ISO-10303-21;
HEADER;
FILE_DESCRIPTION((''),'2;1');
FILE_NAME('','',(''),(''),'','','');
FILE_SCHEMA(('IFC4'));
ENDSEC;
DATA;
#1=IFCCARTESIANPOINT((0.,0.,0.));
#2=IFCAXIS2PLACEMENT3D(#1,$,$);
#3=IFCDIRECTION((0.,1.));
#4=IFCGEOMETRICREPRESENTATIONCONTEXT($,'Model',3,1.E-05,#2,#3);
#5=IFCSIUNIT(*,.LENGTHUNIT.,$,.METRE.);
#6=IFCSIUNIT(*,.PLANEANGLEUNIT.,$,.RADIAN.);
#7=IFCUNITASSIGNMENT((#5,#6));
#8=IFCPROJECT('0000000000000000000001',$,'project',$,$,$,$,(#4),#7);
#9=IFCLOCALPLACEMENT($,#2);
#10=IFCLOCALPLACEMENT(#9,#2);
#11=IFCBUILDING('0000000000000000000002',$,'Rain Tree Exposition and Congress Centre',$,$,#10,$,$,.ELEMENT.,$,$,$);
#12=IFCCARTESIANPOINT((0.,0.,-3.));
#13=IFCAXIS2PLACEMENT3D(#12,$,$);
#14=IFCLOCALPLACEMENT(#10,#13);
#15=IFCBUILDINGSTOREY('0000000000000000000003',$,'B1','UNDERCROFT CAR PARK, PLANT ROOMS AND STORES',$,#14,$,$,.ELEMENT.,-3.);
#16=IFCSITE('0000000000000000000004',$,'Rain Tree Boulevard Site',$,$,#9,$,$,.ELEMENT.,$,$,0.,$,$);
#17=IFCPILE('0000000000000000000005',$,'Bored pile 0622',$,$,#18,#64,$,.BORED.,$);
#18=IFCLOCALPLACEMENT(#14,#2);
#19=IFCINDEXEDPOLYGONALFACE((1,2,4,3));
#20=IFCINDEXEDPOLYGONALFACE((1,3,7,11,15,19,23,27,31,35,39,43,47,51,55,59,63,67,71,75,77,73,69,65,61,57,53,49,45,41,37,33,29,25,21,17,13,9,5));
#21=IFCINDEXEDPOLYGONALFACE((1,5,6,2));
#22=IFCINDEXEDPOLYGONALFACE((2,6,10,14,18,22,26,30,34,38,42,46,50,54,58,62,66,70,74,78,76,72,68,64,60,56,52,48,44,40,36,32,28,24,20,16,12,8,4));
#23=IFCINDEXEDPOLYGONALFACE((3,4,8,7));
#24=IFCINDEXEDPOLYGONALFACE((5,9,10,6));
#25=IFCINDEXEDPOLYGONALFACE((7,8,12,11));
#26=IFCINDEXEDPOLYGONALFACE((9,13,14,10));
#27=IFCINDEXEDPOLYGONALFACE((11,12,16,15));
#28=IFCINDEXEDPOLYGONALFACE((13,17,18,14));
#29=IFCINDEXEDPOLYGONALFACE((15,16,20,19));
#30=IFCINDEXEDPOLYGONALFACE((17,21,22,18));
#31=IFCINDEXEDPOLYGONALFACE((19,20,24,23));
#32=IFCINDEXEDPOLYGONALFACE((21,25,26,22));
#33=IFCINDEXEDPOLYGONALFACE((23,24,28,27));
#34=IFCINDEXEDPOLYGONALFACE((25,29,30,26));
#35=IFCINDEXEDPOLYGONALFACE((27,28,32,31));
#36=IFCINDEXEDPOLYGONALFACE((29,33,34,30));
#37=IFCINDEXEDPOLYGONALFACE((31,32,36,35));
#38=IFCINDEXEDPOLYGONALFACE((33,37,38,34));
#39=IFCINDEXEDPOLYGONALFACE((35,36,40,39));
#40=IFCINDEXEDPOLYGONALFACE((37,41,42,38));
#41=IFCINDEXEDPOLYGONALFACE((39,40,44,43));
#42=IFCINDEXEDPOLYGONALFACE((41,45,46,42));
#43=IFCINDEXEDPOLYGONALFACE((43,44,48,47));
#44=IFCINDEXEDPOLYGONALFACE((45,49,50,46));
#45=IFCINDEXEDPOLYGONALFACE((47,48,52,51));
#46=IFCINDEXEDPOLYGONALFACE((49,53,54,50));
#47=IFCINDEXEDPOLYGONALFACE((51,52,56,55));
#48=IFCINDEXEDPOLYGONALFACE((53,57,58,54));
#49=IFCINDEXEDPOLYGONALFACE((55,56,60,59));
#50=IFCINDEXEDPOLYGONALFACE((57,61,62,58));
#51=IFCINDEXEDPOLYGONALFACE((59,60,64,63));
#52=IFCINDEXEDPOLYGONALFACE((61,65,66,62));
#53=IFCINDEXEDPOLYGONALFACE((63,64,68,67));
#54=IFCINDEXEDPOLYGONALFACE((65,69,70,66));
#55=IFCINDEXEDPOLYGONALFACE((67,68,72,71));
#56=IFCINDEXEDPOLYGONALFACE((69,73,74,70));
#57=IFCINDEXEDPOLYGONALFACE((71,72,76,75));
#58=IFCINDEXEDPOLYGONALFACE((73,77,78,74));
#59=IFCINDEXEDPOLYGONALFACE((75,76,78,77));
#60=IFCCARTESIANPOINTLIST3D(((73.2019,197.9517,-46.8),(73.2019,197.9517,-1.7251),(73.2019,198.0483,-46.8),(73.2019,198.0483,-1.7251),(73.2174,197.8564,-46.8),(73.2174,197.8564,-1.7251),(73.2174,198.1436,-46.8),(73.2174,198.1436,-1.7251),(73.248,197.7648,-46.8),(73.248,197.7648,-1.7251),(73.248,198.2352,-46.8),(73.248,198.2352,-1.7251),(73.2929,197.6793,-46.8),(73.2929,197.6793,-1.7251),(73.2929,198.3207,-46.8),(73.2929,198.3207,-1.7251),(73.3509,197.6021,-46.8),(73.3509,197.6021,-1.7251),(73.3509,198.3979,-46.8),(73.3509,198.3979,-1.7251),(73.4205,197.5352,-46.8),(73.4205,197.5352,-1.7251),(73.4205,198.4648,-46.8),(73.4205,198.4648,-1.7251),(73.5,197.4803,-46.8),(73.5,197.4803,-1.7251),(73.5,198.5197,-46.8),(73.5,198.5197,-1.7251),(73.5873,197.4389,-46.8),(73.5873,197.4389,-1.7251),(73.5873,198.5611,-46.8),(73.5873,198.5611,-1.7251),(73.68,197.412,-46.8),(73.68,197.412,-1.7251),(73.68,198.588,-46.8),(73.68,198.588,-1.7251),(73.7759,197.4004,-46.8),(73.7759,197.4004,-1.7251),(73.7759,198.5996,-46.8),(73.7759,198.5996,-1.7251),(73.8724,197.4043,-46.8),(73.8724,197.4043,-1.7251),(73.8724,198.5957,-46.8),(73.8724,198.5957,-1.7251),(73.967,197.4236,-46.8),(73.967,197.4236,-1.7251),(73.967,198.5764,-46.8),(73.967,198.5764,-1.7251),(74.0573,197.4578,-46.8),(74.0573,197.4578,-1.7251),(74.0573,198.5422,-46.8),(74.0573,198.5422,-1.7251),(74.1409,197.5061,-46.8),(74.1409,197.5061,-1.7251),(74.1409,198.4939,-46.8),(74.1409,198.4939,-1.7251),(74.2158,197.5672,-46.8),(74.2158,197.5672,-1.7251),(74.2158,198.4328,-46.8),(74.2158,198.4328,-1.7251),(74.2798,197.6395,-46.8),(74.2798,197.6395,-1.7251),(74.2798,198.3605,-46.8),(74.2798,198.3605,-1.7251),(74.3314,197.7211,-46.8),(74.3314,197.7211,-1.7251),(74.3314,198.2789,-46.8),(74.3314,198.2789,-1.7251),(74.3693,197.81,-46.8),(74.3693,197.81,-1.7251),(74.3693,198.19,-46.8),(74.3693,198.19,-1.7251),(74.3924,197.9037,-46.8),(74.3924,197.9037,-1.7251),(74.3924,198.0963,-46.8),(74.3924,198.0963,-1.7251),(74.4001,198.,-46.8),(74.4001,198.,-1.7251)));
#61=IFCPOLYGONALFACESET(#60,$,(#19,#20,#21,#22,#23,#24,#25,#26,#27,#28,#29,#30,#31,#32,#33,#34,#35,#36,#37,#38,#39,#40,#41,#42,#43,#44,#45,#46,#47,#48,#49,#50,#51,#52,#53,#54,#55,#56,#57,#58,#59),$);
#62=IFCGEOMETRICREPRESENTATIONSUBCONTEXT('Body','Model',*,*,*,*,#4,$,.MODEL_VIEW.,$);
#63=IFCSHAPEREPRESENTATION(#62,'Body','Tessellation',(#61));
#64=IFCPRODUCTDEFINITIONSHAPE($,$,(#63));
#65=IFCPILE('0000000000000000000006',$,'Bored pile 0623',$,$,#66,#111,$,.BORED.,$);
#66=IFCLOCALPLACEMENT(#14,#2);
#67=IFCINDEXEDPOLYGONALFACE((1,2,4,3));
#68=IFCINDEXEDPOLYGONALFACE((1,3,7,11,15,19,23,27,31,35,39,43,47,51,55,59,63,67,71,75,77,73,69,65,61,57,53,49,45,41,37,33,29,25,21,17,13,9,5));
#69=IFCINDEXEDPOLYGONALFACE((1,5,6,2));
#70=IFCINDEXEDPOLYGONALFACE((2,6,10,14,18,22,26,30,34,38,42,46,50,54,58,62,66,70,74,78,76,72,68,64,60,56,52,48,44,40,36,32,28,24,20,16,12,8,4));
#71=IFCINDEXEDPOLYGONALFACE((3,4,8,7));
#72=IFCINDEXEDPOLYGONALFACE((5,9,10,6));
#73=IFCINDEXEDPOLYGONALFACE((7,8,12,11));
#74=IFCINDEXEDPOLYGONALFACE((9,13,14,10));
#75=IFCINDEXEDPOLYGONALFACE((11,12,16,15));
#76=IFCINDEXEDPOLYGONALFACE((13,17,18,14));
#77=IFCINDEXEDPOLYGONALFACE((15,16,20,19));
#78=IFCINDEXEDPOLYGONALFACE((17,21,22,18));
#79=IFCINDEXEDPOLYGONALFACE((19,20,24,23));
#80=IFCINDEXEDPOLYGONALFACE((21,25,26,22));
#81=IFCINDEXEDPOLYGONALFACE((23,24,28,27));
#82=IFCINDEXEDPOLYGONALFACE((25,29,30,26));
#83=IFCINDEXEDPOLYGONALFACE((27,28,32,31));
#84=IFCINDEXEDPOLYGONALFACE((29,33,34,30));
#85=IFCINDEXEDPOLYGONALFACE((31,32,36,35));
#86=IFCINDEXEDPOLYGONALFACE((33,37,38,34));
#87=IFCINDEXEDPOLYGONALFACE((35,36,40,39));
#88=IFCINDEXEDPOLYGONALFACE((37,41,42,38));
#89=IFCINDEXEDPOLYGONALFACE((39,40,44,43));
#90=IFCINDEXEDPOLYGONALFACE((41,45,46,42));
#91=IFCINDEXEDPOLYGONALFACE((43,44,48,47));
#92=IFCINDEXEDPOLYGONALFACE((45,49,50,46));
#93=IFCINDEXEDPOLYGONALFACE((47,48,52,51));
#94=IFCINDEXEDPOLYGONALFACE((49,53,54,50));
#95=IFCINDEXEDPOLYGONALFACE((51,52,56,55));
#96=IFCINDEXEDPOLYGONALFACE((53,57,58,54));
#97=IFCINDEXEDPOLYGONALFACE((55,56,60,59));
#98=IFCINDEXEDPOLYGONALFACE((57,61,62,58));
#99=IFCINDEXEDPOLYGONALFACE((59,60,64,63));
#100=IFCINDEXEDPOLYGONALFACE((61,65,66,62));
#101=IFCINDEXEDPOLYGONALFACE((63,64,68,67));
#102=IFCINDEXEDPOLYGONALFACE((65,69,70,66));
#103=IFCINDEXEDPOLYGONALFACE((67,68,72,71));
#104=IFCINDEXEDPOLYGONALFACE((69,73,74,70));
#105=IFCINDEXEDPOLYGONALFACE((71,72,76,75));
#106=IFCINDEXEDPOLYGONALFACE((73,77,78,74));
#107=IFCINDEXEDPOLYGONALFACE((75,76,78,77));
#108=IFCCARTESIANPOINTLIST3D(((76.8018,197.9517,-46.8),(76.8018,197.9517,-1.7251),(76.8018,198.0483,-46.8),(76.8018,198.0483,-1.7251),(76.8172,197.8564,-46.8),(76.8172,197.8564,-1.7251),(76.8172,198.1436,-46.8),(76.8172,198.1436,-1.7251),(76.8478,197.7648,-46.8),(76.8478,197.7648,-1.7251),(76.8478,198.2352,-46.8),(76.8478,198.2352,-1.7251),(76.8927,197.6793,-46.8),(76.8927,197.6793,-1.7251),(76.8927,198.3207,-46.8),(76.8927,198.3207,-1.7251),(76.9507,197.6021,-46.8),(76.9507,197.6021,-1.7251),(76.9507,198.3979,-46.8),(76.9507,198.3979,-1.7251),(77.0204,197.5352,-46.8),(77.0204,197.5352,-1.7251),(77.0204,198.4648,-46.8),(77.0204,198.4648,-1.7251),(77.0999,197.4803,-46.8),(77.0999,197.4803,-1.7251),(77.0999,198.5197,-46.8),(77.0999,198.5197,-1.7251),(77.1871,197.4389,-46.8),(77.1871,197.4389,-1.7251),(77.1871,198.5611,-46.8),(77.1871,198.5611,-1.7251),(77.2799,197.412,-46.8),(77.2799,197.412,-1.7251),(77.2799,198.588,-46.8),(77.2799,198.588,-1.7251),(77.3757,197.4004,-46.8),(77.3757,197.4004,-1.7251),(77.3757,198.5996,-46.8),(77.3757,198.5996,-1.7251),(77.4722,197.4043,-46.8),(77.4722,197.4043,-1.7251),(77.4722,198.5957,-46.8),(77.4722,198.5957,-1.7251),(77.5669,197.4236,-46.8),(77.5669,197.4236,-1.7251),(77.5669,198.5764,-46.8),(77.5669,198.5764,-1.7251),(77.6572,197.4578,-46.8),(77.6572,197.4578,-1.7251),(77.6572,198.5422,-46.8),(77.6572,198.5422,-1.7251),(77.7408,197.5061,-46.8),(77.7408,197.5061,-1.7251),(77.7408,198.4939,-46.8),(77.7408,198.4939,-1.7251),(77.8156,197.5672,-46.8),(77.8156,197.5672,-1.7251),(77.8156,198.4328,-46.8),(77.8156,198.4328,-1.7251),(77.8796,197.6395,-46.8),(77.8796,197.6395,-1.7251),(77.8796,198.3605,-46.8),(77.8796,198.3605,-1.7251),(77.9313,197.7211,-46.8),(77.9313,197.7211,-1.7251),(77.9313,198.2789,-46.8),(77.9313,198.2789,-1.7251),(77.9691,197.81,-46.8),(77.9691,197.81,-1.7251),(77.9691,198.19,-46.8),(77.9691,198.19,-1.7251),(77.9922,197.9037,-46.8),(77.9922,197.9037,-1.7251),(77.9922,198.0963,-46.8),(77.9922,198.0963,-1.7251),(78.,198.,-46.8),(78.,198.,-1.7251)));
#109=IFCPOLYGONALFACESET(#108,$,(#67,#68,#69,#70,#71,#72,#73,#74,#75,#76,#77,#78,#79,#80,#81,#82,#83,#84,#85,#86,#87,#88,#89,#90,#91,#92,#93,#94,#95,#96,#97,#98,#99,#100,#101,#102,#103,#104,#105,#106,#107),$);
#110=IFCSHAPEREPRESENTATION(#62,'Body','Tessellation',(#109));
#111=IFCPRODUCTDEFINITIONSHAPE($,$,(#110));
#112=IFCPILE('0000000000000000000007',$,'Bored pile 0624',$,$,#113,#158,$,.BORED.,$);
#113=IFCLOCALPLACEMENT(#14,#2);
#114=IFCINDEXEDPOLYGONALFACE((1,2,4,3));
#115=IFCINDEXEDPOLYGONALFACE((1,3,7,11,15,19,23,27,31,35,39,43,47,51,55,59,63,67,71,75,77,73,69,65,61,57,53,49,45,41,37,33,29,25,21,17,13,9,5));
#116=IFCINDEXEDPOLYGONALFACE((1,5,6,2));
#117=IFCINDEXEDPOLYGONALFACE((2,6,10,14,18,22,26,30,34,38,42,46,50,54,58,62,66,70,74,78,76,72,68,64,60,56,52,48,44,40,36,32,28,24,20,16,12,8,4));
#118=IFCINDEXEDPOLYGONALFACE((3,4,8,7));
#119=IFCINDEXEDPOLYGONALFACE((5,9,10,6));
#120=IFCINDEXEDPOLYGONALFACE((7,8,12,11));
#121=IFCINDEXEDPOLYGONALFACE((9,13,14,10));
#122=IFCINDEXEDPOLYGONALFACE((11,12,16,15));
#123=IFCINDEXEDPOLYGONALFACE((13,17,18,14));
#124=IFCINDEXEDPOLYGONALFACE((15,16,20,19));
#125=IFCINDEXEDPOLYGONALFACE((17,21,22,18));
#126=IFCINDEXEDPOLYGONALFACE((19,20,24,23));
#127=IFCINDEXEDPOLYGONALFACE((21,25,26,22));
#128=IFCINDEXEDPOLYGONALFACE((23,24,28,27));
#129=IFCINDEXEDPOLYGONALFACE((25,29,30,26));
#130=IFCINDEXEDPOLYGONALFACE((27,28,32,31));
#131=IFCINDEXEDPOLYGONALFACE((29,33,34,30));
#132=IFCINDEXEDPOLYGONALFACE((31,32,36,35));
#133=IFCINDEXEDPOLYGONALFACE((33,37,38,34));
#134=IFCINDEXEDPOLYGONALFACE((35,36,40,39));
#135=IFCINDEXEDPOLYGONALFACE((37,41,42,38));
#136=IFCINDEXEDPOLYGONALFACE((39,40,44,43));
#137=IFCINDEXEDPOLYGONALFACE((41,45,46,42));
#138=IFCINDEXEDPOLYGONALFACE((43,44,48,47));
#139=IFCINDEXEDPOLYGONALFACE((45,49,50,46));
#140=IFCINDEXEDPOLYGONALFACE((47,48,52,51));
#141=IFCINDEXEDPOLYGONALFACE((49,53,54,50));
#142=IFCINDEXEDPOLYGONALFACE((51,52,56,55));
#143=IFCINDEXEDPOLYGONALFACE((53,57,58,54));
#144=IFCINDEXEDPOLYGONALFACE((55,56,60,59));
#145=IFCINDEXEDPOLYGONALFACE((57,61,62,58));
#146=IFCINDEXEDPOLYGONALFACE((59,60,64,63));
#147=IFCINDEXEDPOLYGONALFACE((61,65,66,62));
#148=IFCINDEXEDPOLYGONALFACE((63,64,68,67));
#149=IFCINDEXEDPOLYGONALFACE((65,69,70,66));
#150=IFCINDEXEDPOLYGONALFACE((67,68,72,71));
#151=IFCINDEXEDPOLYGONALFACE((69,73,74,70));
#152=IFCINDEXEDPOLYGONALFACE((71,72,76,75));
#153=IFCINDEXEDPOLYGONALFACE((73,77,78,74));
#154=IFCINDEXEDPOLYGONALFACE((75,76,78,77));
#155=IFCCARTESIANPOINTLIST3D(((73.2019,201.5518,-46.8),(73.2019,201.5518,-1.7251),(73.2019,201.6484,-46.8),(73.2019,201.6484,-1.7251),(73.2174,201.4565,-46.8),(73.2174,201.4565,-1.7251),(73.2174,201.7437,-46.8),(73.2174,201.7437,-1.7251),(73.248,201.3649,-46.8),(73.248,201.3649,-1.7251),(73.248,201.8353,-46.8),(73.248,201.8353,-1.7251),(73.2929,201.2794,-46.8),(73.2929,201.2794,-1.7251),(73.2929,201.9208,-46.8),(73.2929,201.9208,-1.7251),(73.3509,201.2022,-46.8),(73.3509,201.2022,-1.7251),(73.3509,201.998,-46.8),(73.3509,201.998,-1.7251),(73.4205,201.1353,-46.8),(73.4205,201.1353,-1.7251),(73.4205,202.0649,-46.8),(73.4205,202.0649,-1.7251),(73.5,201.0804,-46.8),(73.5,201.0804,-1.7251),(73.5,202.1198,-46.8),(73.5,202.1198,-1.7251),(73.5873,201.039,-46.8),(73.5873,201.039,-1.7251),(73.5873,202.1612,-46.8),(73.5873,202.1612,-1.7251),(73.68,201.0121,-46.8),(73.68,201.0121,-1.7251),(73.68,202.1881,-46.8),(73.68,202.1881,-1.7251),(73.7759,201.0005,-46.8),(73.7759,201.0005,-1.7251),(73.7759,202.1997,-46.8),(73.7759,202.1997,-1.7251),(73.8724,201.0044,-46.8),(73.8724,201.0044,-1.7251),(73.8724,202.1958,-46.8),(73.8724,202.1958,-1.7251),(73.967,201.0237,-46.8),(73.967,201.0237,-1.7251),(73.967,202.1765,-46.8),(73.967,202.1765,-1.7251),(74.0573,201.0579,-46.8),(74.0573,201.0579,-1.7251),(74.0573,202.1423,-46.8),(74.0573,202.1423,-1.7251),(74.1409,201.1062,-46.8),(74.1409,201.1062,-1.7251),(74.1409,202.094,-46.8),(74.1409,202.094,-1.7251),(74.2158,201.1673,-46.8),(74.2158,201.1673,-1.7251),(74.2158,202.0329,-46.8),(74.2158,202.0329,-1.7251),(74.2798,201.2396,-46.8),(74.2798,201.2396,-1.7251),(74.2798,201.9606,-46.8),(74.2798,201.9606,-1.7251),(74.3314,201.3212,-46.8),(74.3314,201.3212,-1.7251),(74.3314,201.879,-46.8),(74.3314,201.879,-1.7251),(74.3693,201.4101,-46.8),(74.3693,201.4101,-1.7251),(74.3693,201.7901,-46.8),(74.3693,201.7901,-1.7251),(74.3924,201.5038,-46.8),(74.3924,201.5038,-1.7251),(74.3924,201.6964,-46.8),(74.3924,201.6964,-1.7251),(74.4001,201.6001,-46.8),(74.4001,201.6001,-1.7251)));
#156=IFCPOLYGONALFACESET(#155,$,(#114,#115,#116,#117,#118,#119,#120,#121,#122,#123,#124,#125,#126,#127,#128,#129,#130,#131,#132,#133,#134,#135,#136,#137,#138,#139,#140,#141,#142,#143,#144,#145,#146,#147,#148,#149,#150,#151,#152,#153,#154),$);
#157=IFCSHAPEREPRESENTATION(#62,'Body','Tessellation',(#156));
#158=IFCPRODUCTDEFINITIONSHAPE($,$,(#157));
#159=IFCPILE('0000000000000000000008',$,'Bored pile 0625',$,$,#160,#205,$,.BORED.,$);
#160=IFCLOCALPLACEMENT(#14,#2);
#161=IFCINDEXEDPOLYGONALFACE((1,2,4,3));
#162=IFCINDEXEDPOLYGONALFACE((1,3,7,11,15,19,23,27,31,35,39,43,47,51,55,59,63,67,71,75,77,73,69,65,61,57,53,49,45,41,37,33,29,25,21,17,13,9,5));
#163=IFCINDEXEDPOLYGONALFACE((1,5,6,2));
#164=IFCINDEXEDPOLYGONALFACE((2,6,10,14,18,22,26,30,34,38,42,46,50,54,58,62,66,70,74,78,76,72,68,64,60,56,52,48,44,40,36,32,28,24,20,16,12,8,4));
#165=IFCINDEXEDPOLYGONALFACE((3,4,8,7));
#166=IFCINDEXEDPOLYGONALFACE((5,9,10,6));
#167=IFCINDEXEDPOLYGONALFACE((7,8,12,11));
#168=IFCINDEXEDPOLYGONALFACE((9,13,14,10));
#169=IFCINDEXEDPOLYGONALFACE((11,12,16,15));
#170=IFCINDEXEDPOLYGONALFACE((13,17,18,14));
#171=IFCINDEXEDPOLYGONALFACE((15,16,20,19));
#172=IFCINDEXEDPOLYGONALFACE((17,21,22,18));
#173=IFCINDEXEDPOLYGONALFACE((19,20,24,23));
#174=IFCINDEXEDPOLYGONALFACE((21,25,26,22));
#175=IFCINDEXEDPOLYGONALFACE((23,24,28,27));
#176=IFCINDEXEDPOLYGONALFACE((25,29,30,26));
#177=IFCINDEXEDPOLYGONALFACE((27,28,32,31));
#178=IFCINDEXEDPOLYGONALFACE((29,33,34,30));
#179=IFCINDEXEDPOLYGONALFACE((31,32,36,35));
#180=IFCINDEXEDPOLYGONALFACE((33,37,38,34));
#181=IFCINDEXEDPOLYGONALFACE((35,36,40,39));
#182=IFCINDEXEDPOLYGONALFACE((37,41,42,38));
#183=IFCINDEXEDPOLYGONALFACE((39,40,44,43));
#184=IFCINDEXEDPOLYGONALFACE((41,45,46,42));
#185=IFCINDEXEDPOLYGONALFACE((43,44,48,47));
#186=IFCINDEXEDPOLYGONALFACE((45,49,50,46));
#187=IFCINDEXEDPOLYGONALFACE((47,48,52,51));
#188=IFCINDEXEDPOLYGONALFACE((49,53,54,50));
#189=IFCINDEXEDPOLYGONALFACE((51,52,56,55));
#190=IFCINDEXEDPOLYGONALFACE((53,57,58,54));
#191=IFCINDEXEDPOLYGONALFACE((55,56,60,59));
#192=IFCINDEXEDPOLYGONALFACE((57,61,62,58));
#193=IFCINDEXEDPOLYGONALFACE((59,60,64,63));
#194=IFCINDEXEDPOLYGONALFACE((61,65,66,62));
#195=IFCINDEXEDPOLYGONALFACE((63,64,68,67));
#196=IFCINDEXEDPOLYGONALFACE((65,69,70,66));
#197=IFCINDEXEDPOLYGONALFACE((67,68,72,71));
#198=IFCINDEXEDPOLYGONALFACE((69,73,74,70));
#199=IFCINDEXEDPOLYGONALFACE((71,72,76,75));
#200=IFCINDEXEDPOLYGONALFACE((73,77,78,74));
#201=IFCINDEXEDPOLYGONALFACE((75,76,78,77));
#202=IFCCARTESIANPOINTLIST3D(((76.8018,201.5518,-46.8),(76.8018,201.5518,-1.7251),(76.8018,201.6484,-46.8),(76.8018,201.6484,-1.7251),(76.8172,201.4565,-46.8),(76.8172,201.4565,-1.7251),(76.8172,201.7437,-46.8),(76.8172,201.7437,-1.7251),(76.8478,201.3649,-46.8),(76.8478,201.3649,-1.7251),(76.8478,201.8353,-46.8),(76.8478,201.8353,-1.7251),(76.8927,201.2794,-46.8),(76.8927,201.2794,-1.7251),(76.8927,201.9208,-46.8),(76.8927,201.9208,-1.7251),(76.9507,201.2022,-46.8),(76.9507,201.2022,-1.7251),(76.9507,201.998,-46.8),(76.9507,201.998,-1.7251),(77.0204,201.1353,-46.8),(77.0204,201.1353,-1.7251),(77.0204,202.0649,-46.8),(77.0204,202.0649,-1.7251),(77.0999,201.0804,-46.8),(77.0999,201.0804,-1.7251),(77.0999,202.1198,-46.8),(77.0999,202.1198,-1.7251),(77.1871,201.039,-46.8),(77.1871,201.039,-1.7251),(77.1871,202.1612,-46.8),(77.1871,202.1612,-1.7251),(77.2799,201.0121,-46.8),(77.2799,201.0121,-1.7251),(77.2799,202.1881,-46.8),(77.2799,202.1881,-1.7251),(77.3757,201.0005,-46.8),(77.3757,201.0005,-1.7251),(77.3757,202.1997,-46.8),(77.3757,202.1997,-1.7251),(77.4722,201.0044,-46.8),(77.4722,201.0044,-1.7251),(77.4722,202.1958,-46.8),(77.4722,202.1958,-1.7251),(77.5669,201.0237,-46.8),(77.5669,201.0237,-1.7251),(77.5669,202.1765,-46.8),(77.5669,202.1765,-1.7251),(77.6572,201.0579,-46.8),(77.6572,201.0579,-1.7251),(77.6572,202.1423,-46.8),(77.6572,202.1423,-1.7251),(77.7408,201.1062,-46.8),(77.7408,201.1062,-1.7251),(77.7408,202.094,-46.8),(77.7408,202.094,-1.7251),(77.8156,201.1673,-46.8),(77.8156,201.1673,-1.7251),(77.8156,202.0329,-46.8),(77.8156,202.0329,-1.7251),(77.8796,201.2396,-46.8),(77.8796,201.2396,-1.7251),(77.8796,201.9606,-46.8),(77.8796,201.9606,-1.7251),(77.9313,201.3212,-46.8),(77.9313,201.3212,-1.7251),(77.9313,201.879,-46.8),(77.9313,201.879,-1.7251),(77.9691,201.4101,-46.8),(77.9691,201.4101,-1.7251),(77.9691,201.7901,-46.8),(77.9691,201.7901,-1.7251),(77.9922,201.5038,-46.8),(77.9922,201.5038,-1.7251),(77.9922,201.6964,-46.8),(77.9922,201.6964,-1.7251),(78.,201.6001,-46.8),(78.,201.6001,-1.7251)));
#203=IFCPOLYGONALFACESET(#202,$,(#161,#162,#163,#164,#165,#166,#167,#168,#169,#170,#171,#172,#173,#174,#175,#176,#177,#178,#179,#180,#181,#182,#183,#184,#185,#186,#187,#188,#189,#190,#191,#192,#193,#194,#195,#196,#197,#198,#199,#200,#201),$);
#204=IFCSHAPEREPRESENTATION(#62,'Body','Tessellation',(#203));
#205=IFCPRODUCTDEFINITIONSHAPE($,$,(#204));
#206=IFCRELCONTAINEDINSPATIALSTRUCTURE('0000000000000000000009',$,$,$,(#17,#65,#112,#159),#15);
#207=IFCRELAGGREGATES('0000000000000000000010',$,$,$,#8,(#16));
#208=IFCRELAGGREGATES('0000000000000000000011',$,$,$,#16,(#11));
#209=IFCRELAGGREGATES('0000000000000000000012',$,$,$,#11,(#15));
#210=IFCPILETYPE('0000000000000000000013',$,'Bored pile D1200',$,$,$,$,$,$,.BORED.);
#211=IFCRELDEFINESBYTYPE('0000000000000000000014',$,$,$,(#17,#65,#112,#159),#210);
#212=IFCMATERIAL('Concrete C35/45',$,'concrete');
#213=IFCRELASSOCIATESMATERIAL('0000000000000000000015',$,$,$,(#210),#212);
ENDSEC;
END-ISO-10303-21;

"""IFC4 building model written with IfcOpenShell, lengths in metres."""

from ifc_helpers import new_model, si_unit, direction, frame, origin, origin_2d, place, context, subcontext, project, spatial, circle, extrude, material, material_profile, profile_set, type_object, element, save


model = new_model("IFC4")

# Units and contexts
model_context = context("Model", 3, precision=1e-05, world=origin(), true_north=direction((0.0, 1.0)))
body_context = subcontext(model_context, "Body", "Model", "MODEL_VIEW")
ifc_project = project(units=[si_unit("LENGTHUNIT", "METRE"), si_unit("PLANEANGLEUNIT", "RADIAN")], contexts=[model_context])

# Site, building, storey
site_placement = place(None, origin())
site = spatial("IfcSite", under=ifc_project, at=site_placement, Name="Rain Tree Boulevard Site", CompositionType="ELEMENT", RefElevation=0.0)
building_placement = place(site_placement, origin())
building = spatial("IfcBuilding", under=site, at=building_placement, Name="Rain Tree Exposition and Congress Centre", CompositionType="ELEMENT")
storey_placement = place(building_placement, frame((0.0, 0.0, -3.0)))
storey = spatial("IfcBuildingStorey", under=building, at=storey_placement, Name="B1", Description="UNDERCROFT CAR PARK, PLANT ROOMS AND STORES", CompositionType="ELEMENT", Elevation=-3.0)

# Piles
ifc_material_1 = material(Name="Concrete C35/45", Category="concrete")
ifc_material_profile_1 = material_profile(ifc_material_1, circle(Radius=0.6001, at=origin_2d()), Name="D1200")
ifc_profile_set_1 = profile_set([ifc_material_profile_1], Name="Concrete C35/45")
pile_type_1 = type_object("IfcPileType", Name="Bored pile D1200", PredefinedType="BORED", material=ifc_profile_set_1)
for number, where, z_axis, x_axis, name in (
    (1, (73.8, 198.0, -1.7251), (0.0, 0.0, -1.0), (1.0, 0.0, 0.0), "Bored pile 0622"),
    (2, (77.3999, 198.0, -1.7251), (0.0, 0.0, -1.0), (1.0, 0.0, 0.0), "Bored pile 0623"),
    (3, (73.8, 201.6001, -1.7251), (0.0, 0.0, -1.0), (1.0, 0.0, 0.0), "Bored pile 0624"),
    (4, (77.3999, 201.6001, -1.7251), (0.0, 0.0, -1.0), (1.0, 0.0, 0.0), "Bored pile 0625"),
):
    element("IfcPile", number, at=place(storey_placement, frame(where, z_axis=z_axis, x_axis=x_axis)), inside=storey, type_object=pile_type_1, Name=name, PredefinedType="BORED", context=body_context, shape_type="SweptSolid", body=[
        extrude(circle(Radius=0.6001, at=origin_2d()), origin(), (0.0, 0.0, 1.0), 45.075),
    ])

save(model, "model.ifc")
